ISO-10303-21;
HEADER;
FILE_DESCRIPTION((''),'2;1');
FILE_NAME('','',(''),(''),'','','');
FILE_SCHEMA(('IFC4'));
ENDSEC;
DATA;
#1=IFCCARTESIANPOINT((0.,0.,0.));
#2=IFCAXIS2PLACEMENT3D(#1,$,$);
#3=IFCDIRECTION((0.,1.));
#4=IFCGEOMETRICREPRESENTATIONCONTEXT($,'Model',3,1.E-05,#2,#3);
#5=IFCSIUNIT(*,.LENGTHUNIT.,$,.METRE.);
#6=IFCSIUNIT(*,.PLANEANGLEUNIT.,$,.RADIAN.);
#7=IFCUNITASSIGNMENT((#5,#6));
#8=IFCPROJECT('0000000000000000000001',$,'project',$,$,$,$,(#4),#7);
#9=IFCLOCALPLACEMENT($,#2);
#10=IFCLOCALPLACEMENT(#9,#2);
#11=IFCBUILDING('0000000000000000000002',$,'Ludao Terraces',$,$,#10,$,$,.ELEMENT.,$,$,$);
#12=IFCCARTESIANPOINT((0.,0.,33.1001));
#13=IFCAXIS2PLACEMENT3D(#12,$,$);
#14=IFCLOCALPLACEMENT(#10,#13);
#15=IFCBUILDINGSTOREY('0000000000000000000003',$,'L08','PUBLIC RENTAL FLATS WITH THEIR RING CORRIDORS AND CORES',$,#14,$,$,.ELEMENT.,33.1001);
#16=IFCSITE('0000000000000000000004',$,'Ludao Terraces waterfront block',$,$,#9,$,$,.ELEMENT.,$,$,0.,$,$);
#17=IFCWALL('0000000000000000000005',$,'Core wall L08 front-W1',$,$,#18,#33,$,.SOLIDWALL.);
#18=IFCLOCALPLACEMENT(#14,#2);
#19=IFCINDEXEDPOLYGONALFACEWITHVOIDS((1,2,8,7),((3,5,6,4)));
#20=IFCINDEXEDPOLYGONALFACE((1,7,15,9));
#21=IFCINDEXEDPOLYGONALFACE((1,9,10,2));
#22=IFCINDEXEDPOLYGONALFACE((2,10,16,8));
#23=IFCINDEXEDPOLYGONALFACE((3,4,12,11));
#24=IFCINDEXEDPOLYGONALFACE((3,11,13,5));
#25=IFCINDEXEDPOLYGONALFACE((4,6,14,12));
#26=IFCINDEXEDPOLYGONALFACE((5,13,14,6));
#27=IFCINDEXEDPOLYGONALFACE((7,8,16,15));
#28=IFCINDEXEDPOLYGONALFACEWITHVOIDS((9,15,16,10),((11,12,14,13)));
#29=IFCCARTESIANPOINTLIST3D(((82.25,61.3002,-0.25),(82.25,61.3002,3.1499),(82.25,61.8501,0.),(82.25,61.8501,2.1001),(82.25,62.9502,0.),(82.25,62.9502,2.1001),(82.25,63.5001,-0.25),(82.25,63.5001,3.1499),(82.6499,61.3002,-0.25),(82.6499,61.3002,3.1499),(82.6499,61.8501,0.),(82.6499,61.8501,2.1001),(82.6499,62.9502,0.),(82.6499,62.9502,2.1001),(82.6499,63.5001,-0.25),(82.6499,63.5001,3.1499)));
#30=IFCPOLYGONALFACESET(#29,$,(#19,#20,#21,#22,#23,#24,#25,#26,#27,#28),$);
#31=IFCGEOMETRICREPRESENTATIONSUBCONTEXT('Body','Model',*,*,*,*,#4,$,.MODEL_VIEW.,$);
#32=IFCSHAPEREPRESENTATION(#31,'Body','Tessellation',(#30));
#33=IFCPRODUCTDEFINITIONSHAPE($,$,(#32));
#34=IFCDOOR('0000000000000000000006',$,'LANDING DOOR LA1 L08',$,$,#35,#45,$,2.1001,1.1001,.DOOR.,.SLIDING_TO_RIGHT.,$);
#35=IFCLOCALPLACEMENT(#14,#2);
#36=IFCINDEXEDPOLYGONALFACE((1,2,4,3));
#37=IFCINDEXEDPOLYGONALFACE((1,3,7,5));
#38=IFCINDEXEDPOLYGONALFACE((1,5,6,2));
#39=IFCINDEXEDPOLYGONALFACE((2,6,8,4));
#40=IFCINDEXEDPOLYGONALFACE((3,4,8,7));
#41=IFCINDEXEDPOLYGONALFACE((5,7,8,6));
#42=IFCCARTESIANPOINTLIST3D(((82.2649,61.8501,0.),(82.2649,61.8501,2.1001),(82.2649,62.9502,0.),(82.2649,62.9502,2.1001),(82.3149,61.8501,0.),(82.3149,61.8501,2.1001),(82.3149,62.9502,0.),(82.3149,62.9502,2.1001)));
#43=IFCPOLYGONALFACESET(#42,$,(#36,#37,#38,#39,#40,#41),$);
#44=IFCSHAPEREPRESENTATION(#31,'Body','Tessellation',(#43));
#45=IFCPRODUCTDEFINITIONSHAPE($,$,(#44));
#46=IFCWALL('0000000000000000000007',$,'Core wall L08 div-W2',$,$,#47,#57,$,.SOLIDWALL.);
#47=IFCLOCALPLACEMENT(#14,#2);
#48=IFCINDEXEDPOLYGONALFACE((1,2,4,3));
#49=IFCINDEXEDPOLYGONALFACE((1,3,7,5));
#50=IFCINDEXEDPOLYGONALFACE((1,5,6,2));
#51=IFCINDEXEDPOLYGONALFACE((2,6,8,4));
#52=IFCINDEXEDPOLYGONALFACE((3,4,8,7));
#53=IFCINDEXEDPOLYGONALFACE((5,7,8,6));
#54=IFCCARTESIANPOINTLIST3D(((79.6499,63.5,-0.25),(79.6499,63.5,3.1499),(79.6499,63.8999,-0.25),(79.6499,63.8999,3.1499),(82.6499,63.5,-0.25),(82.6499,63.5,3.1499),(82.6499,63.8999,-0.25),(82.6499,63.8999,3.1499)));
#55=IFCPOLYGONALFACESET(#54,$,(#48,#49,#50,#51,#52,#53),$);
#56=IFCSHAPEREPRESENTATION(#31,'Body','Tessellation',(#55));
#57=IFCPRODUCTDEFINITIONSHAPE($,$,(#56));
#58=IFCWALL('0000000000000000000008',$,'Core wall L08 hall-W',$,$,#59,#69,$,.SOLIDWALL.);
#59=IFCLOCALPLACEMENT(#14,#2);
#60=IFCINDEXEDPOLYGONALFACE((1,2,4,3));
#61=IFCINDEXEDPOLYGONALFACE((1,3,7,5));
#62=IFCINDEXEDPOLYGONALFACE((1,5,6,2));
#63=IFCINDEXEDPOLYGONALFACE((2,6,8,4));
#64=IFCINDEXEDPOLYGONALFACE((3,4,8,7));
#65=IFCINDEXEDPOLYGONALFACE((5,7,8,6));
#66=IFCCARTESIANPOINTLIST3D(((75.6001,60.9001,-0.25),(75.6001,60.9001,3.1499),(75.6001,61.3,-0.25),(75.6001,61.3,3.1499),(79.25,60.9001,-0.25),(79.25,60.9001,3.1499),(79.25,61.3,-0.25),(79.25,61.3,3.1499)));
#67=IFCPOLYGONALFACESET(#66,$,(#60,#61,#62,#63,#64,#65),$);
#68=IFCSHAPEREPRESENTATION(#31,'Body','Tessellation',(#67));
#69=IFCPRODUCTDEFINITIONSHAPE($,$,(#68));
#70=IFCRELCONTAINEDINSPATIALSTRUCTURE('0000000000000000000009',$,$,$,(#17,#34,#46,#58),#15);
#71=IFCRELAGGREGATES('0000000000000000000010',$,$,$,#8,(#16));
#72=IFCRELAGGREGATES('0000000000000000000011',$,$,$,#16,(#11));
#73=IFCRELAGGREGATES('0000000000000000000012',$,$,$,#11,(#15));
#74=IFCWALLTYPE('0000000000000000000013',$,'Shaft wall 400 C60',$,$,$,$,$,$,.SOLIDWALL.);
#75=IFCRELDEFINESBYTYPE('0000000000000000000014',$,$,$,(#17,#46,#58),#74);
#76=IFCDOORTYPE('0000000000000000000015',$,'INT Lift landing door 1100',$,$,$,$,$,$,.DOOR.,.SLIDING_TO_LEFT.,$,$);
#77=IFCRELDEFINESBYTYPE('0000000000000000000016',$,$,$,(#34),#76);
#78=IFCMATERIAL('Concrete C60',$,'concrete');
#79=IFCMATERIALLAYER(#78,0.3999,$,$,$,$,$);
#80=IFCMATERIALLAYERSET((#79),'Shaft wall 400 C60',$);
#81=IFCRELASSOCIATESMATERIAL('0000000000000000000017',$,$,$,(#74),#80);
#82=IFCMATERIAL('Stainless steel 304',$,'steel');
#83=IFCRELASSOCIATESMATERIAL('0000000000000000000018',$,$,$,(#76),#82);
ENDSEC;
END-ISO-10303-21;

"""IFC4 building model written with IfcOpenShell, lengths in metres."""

from ifc_helpers import new_model, si_unit, direction, frame, frame_2d, origin, place, context, subcontext, project, spatial, rectangle, extrude, material, layer, layer_set, type_object, element, fill, save


model = new_model("IFC4")

# Units and contexts
model_context = context("Model", 3, precision=1e-05, world=origin(), true_north=direction((0.0, 1.0)))
body_context = subcontext(model_context, "Body", "Model", "MODEL_VIEW")
ifc_project = project(units=[si_unit("LENGTHUNIT", "METRE"), si_unit("PLANEANGLEUNIT", "RADIAN")], contexts=[model_context])

# Site, building, storey
site_placement = place(None, origin())
site = spatial("IfcSite", under=ifc_project, at=site_placement, Name="Ludao Terraces waterfront block", CompositionType="ELEMENT", RefElevation=0.0)
building_placement = place(site_placement, origin())
building = spatial("IfcBuilding", under=site, at=building_placement, Name="Ludao Terraces", CompositionType="ELEMENT")
storey_placement = place(building_placement, frame((0.0, 0.0, 33.1001)))
storey = spatial("IfcBuildingStorey", under=building, at=storey_placement, Name="L08", Description="PUBLIC RENTAL FLATS WITH THEIR RING CORRIDORS AND CORES", CompositionType="ELEMENT", Elevation=33.1001)

# Shared definitions
ifc_material_1 = material(Name="Concrete C60", Category="concrete")

# Shared definitions
ifc_layer_1 = layer(ifc_material_1, 0.3999)
ifc_layer_set_1 = layer_set([ifc_layer_1], Name="Shaft wall 400 C60")
wall_type_1 = type_object("IfcWallType", Name="Shaft wall 400 C60", PredefinedType="SOLIDWALL", material=ifc_layer_set_1)

# Wall, opening, door
wall_1_placement = place(storey_placement, frame((82.45, 61.3, -0.25), z_axis=(0.0, 0.0, 1.0), x_axis=(0.0, 1.0, 0.0)))
wall_1 = element("IfcWall", 1, at=wall_1_placement, inside=storey, type_object=wall_type_1, Name="Core wall L08 front-W1", PredefinedType="SOLIDWALL", context=body_context, shape_type="SweptSolid", body=[
    extrude(rectangle(XDim=2.2, YDim=0.3999, at=frame_2d((1.1001, 0.0))), origin(), (0.0, 0.0, 1.0), 3.3999),
])
opening_1_placement = place(wall_1_placement, frame((0.55, 0.0, 0.25)))
opening_1 = element("IfcOpeningElement", 2, at=opening_1_placement, cuts=wall_1, PredefinedType="OPENING", context=body_context, shape_type="SweptSolid", body=[
    extrude(rectangle(XDim=1.1001, YDim=2.1001, at=frame_2d((0.55, 1.05))), frame((0.0, 0.21, 0.0), z_axis=(0.0, -1.0, 0.0), x_axis=(1.0, 0.0, 0.0)), (0.0, 0.0, 1.0), 0.4199),
])
ifc_material_2 = material(Name="Stainless steel 304", Category="steel")
door_type_1 = type_object("IfcDoorType", Name="INT Lift landing door 1100", OperationType="SLIDING_TO_LEFT", PredefinedType="DOOR", material=ifc_material_2)
door_1_placement = place(opening_1_placement, origin())
door_1 = element("IfcDoor", 3, at=door_1_placement, inside=storey, type_object=door_type_1, Name="LANDING DOOR LA1 L08", OperationType="SLIDING_TO_RIGHT", OverallHeight=2.1001, OverallWidth=1.1001, PredefinedType="DOOR", context=body_context, shape_type="SweptSolid", body=[
    extrude(rectangle(XDim=1.1001, YDim=2.1001, at=frame_2d((0.55, 1.05))), frame((0.0, 0.1851, 0.0), z_axis=(0.0, -1.0, 0.0), x_axis=(1.0, 0.0, 0.0)), (0.0, 0.0, 1.0), 0.05),
])
fill(opening_1, door_1)

# Walls
wall_2_placement = place(storey_placement, frame((79.6499, 63.7, -0.25), z_axis=(0.0, 0.0, 1.0), x_axis=(1.0, 0.0, 0.0)))
element("IfcWall", 4, at=wall_2_placement, inside=storey, type_object=wall_type_1, Name="Core wall L08 div-W2", PredefinedType="SOLIDWALL", context=body_context, shape_type="SweptSolid", body=[
    extrude(rectangle(XDim=3.0, YDim=0.3999, at=frame_2d((1.5, 0.0))), origin(), (0.0, 0.0, 1.0), 3.3999),
])
wall_3_placement = place(storey_placement, frame((75.6001, 61.1001, -0.25), z_axis=(0.0, 0.0, 1.0), x_axis=(1.0, 0.0, 0.0)))
element("IfcWall", 5, at=wall_3_placement, inside=storey, type_object=wall_type_1, Name="Core wall L08 hall-W", PredefinedType="SOLIDWALL", context=body_context, shape_type="SweptSolid", body=[
    extrude(rectangle(XDim=3.6499, YDim=0.3999, at=frame_2d((1.825, 0.0))), origin(), (0.0, 0.0, 1.0), 3.3999),
])

save(model, "model.ifc")
